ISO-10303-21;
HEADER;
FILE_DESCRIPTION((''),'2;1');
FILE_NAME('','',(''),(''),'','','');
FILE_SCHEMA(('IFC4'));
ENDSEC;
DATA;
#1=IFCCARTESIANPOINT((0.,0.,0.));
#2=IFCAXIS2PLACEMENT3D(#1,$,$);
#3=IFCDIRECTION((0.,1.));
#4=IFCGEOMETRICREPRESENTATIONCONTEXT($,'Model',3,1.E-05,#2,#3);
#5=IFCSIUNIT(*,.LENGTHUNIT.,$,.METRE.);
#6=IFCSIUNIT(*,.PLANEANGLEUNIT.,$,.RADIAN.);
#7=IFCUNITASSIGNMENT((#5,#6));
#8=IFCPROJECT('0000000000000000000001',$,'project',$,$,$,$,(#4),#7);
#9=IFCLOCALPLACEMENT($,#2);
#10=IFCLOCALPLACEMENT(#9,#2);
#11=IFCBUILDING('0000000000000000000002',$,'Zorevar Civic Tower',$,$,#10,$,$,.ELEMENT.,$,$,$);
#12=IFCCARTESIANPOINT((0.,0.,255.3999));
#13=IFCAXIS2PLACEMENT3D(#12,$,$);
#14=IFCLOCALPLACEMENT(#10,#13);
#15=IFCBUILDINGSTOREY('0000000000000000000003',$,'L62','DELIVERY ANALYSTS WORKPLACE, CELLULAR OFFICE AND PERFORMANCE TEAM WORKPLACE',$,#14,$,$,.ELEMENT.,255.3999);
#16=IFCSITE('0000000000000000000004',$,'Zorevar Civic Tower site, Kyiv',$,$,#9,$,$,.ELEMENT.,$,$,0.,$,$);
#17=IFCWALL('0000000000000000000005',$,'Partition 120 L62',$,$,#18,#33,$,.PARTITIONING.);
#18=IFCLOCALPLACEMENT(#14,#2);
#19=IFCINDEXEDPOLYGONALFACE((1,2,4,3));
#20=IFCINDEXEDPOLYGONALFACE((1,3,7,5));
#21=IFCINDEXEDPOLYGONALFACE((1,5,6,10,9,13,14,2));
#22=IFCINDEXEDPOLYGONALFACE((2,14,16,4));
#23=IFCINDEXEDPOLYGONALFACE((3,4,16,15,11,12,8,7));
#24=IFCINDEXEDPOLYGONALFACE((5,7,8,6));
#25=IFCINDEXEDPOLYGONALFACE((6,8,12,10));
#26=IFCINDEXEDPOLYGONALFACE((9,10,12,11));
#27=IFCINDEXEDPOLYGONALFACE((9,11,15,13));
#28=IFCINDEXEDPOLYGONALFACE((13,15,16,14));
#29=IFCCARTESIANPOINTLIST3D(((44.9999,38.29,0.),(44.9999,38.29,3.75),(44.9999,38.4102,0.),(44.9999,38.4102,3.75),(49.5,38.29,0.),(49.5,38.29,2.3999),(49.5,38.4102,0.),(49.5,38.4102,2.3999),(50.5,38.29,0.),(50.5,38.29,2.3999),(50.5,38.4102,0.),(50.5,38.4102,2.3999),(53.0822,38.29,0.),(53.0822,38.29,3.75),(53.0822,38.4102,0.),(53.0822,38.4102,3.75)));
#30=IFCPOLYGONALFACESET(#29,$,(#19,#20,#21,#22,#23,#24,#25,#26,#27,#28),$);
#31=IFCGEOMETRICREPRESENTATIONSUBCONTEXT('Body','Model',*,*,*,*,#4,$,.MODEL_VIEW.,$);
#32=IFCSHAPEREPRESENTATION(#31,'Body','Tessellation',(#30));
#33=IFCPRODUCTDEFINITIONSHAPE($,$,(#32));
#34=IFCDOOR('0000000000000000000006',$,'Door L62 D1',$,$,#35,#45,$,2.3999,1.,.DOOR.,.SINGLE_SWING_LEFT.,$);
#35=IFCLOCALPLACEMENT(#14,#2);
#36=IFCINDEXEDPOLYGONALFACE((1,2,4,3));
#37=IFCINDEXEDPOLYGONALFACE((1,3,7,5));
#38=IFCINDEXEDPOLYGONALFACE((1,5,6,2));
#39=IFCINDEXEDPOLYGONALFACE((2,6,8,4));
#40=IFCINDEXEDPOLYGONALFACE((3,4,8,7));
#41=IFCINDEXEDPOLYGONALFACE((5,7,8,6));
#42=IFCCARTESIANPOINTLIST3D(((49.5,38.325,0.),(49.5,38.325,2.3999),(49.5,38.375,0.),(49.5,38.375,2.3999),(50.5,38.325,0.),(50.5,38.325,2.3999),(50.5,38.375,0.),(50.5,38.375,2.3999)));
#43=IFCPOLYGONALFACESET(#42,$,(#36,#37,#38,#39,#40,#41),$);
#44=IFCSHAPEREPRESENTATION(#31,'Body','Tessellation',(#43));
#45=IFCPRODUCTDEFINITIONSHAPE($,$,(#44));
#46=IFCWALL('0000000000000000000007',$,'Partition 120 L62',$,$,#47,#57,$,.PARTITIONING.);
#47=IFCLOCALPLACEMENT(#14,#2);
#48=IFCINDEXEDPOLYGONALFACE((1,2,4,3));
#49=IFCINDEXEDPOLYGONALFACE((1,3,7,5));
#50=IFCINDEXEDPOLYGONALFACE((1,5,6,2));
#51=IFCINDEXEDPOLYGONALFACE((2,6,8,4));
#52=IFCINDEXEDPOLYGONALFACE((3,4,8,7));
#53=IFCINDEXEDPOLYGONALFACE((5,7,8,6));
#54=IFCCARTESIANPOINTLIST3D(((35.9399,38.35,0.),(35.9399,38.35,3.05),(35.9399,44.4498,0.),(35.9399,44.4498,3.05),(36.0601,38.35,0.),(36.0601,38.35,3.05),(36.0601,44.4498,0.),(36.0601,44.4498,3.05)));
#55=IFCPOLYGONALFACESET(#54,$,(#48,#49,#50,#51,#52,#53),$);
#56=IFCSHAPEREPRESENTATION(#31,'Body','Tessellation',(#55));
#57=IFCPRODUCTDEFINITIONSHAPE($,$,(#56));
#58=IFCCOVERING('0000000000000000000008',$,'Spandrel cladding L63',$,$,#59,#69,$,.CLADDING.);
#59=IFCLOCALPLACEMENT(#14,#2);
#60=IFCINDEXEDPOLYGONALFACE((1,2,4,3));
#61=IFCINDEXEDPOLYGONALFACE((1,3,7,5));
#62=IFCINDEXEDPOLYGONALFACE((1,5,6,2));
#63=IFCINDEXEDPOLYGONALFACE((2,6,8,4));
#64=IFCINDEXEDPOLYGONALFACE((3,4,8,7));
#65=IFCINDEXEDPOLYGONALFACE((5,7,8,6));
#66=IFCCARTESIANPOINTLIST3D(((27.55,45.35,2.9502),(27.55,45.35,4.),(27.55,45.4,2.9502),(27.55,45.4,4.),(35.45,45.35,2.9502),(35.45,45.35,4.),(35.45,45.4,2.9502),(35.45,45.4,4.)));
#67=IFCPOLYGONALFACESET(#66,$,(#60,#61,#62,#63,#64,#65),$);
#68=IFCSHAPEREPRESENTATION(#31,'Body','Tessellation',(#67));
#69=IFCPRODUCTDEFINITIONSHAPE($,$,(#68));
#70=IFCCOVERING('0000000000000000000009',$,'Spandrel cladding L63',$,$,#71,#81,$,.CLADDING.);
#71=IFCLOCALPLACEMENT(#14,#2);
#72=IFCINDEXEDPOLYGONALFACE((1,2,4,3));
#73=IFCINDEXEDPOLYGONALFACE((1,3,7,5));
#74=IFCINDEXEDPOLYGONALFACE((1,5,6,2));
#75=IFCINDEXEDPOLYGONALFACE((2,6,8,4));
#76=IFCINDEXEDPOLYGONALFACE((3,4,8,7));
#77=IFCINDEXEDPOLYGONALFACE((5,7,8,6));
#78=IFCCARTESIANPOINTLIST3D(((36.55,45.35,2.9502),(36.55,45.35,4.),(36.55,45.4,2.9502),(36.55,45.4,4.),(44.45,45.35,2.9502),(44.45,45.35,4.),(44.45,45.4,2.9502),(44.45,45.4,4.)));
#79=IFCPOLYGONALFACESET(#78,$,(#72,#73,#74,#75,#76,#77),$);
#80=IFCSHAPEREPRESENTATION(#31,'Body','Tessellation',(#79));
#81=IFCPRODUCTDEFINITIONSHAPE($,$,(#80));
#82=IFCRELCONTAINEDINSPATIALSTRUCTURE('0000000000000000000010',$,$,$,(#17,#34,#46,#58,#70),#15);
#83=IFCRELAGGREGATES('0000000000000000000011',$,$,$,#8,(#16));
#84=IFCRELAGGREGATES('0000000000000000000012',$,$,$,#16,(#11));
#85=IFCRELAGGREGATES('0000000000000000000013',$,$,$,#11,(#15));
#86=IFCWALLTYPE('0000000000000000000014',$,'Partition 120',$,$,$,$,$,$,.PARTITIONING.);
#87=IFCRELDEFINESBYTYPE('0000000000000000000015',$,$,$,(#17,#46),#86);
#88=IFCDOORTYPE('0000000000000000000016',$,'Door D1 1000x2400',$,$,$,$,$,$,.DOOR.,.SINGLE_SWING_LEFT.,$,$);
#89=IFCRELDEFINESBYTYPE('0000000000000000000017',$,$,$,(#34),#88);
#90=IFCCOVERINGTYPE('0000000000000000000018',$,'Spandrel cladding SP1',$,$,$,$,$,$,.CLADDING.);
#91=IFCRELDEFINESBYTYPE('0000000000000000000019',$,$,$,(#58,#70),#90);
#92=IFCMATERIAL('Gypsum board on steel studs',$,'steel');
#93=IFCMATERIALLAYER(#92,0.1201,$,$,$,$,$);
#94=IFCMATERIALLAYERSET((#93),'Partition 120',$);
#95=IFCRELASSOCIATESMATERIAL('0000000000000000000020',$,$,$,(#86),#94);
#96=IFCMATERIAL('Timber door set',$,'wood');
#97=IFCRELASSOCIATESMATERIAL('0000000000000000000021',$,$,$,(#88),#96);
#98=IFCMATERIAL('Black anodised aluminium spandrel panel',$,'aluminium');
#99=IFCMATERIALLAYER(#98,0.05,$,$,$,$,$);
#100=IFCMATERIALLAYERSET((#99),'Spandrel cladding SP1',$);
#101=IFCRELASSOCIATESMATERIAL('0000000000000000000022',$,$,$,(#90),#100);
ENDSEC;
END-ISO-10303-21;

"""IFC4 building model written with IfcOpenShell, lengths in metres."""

from ifc_helpers import new_model, si_unit, direction, frame, frame_2d, origin, place, context, subcontext, project, spatial, rectangle, extrude, material, layer, layer_set, type_object, element, fill, save


model = new_model("IFC4")

# Units and contexts
model_context = context("Model", 3, precision=1e-05, world=origin(), true_north=direction((0.0, 1.0)))
body_context = subcontext(model_context, "Body", "Model", "MODEL_VIEW")
ifc_project = project(units=[si_unit("LENGTHUNIT", "METRE"), si_unit("PLANEANGLEUNIT", "RADIAN")], contexts=[model_context])

# Site, building, storey
site_placement = place(None, origin())
site = spatial("IfcSite", under=ifc_project, at=site_placement, Name="Zorevar Civic Tower site, Kyiv", CompositionType="ELEMENT", RefElevation=0.0)
building_placement = place(site_placement, origin())
building = spatial("IfcBuilding", under=site, at=building_placement, Name="Zorevar Civic Tower", CompositionType="ELEMENT")
storey_placement = place(building_placement, frame((0.0, 0.0, 255.3999)))
storey = spatial("IfcBuildingStorey", under=building, at=storey_placement, Name="L62", Description="DELIVERY ANALYSTS WORKPLACE, CELLULAR OFFICE AND PERFORMANCE TEAM WORKPLACE", CompositionType="ELEMENT", Elevation=255.3999)

# Wall, opening, door
ifc_material_1 = material(Name="Gypsum board on steel studs", Category="steel")
ifc_layer_1 = layer(ifc_material_1, 0.1201)
ifc_layer_set_1 = layer_set([ifc_layer_1], Name="Partition 120")
wall_type = type_object("IfcWallType", Name="Partition 120", PredefinedType="PARTITIONING", material=ifc_layer_set_1)
wall_1_placement = place(storey_placement, frame((45.0, 38.3501, 0.0), z_axis=(0.0, 0.0, 1.0), x_axis=(1.0, 0.0, 0.0)))
wall_1 = element("IfcWall", 1, at=wall_1_placement, inside=storey, type_object=wall_type, Name="Partition 120 L62", PredefinedType="PARTITIONING", context=body_context, shape_type="SweptSolid", body=[
    extrude(rectangle(XDim=8.0823, YDim=0.1201, at=frame_2d((4.041, 0.0))), origin(), (0.0, 0.0, 1.0), 3.75),
])
opening_placement = place(wall_1_placement, frame((4.5, 0.0, 0.0)))
opening = element("IfcOpeningElement", 2, at=opening_placement, cuts=wall_1, PredefinedType="OPENING", context=body_context, shape_type="SweptSolid", body=[
    extrude(rectangle(XDim=1.0, YDim=2.3999, at=frame_2d((0.5, 1.2))), frame((0.0, 0.0701, 0.0), z_axis=(0.0, -1.0, 0.0), x_axis=(1.0, 0.0, 0.0)), (0.0, 0.0, 1.0), 0.1401),
])
ifc_material_2 = material(Name="Timber door set", Category="wood")
door_type = type_object("IfcDoorType", Name="Door D1 1000x2400", OperationType="SINGLE_SWING_LEFT", PredefinedType="DOOR", material=ifc_material_2)
door_placement = place(opening_placement, origin())
door = element("IfcDoor", 3, at=door_placement, inside=storey, type_object=door_type, Name="Door L62 D1", OperationType="SINGLE_SWING_LEFT", OverallHeight=2.3999, OverallWidth=1.0, PredefinedType="DOOR", context=body_context, shape_type="SweptSolid", body=[
    extrude(rectangle(XDim=1.0, YDim=2.3999, at=frame_2d((0.5, 1.2))), frame((0.0, 0.0249, 0.0), z_axis=(0.0, -1.0, 0.0), x_axis=(1.0, 0.0, 0.0)), (0.0, 0.0, 1.0), 0.05),
])
fill(opening, door)

# Wall
wall_2_placement = place(storey_placement, frame((36.0, 38.3501, 0.0), z_axis=(0.0, 0.0, 1.0), x_axis=(0.0, 1.0, 0.0)))
element("IfcWall", 4, at=wall_2_placement, inside=storey, type_object=wall_type, Name="Partition 120 L62", PredefinedType="PARTITIONING", context=body_context, shape_type="SweptSolid", body=[
    extrude(rectangle(XDim=6.0999, YDim=0.1201, at=frame_2d((3.0498, 0.0))), origin(), (0.0, 0.0, 1.0), 3.05),
])

# Coverings
ifc_material_3 = material(Name="Black anodised aluminium spandrel panel", Category="aluminium")
ifc_layer_2 = layer(ifc_material_3, 0.05)
ifc_layer_set_2 = layer_set([ifc_layer_2], Name="Spandrel cladding SP1")
covering_type = type_object("IfcCoveringType", Name="Spandrel cladding SP1", PredefinedType="CLADDING", material=ifc_layer_set_2)
for number, where, z_axis, x_axis, name in (
    (5, (27.55, 45.375, 2.9502), (0.0, 0.0, 1.0), (1.0, 0.0, 0.0), "Spandrel cladding L63"),
    (6, (36.55, 45.375, 2.9502), (0.0, 0.0, 1.0), (1.0, 0.0, 0.0), "Spandrel cladding L63"),
):
    element("IfcCovering", number, at=place(storey_placement, frame(where, z_axis=z_axis, x_axis=x_axis)), inside=storey, type_object=covering_type, Name=name, PredefinedType="CLADDING", context=body_context, shape_type="SweptSolid", body=[
        extrude(rectangle(XDim=7.8999, YDim=0.05, at=frame_2d((3.95, 0.0))), origin(), (0.0, 0.0, 1.0), 1.0498),
    ])

save(model, "model.ifc")
